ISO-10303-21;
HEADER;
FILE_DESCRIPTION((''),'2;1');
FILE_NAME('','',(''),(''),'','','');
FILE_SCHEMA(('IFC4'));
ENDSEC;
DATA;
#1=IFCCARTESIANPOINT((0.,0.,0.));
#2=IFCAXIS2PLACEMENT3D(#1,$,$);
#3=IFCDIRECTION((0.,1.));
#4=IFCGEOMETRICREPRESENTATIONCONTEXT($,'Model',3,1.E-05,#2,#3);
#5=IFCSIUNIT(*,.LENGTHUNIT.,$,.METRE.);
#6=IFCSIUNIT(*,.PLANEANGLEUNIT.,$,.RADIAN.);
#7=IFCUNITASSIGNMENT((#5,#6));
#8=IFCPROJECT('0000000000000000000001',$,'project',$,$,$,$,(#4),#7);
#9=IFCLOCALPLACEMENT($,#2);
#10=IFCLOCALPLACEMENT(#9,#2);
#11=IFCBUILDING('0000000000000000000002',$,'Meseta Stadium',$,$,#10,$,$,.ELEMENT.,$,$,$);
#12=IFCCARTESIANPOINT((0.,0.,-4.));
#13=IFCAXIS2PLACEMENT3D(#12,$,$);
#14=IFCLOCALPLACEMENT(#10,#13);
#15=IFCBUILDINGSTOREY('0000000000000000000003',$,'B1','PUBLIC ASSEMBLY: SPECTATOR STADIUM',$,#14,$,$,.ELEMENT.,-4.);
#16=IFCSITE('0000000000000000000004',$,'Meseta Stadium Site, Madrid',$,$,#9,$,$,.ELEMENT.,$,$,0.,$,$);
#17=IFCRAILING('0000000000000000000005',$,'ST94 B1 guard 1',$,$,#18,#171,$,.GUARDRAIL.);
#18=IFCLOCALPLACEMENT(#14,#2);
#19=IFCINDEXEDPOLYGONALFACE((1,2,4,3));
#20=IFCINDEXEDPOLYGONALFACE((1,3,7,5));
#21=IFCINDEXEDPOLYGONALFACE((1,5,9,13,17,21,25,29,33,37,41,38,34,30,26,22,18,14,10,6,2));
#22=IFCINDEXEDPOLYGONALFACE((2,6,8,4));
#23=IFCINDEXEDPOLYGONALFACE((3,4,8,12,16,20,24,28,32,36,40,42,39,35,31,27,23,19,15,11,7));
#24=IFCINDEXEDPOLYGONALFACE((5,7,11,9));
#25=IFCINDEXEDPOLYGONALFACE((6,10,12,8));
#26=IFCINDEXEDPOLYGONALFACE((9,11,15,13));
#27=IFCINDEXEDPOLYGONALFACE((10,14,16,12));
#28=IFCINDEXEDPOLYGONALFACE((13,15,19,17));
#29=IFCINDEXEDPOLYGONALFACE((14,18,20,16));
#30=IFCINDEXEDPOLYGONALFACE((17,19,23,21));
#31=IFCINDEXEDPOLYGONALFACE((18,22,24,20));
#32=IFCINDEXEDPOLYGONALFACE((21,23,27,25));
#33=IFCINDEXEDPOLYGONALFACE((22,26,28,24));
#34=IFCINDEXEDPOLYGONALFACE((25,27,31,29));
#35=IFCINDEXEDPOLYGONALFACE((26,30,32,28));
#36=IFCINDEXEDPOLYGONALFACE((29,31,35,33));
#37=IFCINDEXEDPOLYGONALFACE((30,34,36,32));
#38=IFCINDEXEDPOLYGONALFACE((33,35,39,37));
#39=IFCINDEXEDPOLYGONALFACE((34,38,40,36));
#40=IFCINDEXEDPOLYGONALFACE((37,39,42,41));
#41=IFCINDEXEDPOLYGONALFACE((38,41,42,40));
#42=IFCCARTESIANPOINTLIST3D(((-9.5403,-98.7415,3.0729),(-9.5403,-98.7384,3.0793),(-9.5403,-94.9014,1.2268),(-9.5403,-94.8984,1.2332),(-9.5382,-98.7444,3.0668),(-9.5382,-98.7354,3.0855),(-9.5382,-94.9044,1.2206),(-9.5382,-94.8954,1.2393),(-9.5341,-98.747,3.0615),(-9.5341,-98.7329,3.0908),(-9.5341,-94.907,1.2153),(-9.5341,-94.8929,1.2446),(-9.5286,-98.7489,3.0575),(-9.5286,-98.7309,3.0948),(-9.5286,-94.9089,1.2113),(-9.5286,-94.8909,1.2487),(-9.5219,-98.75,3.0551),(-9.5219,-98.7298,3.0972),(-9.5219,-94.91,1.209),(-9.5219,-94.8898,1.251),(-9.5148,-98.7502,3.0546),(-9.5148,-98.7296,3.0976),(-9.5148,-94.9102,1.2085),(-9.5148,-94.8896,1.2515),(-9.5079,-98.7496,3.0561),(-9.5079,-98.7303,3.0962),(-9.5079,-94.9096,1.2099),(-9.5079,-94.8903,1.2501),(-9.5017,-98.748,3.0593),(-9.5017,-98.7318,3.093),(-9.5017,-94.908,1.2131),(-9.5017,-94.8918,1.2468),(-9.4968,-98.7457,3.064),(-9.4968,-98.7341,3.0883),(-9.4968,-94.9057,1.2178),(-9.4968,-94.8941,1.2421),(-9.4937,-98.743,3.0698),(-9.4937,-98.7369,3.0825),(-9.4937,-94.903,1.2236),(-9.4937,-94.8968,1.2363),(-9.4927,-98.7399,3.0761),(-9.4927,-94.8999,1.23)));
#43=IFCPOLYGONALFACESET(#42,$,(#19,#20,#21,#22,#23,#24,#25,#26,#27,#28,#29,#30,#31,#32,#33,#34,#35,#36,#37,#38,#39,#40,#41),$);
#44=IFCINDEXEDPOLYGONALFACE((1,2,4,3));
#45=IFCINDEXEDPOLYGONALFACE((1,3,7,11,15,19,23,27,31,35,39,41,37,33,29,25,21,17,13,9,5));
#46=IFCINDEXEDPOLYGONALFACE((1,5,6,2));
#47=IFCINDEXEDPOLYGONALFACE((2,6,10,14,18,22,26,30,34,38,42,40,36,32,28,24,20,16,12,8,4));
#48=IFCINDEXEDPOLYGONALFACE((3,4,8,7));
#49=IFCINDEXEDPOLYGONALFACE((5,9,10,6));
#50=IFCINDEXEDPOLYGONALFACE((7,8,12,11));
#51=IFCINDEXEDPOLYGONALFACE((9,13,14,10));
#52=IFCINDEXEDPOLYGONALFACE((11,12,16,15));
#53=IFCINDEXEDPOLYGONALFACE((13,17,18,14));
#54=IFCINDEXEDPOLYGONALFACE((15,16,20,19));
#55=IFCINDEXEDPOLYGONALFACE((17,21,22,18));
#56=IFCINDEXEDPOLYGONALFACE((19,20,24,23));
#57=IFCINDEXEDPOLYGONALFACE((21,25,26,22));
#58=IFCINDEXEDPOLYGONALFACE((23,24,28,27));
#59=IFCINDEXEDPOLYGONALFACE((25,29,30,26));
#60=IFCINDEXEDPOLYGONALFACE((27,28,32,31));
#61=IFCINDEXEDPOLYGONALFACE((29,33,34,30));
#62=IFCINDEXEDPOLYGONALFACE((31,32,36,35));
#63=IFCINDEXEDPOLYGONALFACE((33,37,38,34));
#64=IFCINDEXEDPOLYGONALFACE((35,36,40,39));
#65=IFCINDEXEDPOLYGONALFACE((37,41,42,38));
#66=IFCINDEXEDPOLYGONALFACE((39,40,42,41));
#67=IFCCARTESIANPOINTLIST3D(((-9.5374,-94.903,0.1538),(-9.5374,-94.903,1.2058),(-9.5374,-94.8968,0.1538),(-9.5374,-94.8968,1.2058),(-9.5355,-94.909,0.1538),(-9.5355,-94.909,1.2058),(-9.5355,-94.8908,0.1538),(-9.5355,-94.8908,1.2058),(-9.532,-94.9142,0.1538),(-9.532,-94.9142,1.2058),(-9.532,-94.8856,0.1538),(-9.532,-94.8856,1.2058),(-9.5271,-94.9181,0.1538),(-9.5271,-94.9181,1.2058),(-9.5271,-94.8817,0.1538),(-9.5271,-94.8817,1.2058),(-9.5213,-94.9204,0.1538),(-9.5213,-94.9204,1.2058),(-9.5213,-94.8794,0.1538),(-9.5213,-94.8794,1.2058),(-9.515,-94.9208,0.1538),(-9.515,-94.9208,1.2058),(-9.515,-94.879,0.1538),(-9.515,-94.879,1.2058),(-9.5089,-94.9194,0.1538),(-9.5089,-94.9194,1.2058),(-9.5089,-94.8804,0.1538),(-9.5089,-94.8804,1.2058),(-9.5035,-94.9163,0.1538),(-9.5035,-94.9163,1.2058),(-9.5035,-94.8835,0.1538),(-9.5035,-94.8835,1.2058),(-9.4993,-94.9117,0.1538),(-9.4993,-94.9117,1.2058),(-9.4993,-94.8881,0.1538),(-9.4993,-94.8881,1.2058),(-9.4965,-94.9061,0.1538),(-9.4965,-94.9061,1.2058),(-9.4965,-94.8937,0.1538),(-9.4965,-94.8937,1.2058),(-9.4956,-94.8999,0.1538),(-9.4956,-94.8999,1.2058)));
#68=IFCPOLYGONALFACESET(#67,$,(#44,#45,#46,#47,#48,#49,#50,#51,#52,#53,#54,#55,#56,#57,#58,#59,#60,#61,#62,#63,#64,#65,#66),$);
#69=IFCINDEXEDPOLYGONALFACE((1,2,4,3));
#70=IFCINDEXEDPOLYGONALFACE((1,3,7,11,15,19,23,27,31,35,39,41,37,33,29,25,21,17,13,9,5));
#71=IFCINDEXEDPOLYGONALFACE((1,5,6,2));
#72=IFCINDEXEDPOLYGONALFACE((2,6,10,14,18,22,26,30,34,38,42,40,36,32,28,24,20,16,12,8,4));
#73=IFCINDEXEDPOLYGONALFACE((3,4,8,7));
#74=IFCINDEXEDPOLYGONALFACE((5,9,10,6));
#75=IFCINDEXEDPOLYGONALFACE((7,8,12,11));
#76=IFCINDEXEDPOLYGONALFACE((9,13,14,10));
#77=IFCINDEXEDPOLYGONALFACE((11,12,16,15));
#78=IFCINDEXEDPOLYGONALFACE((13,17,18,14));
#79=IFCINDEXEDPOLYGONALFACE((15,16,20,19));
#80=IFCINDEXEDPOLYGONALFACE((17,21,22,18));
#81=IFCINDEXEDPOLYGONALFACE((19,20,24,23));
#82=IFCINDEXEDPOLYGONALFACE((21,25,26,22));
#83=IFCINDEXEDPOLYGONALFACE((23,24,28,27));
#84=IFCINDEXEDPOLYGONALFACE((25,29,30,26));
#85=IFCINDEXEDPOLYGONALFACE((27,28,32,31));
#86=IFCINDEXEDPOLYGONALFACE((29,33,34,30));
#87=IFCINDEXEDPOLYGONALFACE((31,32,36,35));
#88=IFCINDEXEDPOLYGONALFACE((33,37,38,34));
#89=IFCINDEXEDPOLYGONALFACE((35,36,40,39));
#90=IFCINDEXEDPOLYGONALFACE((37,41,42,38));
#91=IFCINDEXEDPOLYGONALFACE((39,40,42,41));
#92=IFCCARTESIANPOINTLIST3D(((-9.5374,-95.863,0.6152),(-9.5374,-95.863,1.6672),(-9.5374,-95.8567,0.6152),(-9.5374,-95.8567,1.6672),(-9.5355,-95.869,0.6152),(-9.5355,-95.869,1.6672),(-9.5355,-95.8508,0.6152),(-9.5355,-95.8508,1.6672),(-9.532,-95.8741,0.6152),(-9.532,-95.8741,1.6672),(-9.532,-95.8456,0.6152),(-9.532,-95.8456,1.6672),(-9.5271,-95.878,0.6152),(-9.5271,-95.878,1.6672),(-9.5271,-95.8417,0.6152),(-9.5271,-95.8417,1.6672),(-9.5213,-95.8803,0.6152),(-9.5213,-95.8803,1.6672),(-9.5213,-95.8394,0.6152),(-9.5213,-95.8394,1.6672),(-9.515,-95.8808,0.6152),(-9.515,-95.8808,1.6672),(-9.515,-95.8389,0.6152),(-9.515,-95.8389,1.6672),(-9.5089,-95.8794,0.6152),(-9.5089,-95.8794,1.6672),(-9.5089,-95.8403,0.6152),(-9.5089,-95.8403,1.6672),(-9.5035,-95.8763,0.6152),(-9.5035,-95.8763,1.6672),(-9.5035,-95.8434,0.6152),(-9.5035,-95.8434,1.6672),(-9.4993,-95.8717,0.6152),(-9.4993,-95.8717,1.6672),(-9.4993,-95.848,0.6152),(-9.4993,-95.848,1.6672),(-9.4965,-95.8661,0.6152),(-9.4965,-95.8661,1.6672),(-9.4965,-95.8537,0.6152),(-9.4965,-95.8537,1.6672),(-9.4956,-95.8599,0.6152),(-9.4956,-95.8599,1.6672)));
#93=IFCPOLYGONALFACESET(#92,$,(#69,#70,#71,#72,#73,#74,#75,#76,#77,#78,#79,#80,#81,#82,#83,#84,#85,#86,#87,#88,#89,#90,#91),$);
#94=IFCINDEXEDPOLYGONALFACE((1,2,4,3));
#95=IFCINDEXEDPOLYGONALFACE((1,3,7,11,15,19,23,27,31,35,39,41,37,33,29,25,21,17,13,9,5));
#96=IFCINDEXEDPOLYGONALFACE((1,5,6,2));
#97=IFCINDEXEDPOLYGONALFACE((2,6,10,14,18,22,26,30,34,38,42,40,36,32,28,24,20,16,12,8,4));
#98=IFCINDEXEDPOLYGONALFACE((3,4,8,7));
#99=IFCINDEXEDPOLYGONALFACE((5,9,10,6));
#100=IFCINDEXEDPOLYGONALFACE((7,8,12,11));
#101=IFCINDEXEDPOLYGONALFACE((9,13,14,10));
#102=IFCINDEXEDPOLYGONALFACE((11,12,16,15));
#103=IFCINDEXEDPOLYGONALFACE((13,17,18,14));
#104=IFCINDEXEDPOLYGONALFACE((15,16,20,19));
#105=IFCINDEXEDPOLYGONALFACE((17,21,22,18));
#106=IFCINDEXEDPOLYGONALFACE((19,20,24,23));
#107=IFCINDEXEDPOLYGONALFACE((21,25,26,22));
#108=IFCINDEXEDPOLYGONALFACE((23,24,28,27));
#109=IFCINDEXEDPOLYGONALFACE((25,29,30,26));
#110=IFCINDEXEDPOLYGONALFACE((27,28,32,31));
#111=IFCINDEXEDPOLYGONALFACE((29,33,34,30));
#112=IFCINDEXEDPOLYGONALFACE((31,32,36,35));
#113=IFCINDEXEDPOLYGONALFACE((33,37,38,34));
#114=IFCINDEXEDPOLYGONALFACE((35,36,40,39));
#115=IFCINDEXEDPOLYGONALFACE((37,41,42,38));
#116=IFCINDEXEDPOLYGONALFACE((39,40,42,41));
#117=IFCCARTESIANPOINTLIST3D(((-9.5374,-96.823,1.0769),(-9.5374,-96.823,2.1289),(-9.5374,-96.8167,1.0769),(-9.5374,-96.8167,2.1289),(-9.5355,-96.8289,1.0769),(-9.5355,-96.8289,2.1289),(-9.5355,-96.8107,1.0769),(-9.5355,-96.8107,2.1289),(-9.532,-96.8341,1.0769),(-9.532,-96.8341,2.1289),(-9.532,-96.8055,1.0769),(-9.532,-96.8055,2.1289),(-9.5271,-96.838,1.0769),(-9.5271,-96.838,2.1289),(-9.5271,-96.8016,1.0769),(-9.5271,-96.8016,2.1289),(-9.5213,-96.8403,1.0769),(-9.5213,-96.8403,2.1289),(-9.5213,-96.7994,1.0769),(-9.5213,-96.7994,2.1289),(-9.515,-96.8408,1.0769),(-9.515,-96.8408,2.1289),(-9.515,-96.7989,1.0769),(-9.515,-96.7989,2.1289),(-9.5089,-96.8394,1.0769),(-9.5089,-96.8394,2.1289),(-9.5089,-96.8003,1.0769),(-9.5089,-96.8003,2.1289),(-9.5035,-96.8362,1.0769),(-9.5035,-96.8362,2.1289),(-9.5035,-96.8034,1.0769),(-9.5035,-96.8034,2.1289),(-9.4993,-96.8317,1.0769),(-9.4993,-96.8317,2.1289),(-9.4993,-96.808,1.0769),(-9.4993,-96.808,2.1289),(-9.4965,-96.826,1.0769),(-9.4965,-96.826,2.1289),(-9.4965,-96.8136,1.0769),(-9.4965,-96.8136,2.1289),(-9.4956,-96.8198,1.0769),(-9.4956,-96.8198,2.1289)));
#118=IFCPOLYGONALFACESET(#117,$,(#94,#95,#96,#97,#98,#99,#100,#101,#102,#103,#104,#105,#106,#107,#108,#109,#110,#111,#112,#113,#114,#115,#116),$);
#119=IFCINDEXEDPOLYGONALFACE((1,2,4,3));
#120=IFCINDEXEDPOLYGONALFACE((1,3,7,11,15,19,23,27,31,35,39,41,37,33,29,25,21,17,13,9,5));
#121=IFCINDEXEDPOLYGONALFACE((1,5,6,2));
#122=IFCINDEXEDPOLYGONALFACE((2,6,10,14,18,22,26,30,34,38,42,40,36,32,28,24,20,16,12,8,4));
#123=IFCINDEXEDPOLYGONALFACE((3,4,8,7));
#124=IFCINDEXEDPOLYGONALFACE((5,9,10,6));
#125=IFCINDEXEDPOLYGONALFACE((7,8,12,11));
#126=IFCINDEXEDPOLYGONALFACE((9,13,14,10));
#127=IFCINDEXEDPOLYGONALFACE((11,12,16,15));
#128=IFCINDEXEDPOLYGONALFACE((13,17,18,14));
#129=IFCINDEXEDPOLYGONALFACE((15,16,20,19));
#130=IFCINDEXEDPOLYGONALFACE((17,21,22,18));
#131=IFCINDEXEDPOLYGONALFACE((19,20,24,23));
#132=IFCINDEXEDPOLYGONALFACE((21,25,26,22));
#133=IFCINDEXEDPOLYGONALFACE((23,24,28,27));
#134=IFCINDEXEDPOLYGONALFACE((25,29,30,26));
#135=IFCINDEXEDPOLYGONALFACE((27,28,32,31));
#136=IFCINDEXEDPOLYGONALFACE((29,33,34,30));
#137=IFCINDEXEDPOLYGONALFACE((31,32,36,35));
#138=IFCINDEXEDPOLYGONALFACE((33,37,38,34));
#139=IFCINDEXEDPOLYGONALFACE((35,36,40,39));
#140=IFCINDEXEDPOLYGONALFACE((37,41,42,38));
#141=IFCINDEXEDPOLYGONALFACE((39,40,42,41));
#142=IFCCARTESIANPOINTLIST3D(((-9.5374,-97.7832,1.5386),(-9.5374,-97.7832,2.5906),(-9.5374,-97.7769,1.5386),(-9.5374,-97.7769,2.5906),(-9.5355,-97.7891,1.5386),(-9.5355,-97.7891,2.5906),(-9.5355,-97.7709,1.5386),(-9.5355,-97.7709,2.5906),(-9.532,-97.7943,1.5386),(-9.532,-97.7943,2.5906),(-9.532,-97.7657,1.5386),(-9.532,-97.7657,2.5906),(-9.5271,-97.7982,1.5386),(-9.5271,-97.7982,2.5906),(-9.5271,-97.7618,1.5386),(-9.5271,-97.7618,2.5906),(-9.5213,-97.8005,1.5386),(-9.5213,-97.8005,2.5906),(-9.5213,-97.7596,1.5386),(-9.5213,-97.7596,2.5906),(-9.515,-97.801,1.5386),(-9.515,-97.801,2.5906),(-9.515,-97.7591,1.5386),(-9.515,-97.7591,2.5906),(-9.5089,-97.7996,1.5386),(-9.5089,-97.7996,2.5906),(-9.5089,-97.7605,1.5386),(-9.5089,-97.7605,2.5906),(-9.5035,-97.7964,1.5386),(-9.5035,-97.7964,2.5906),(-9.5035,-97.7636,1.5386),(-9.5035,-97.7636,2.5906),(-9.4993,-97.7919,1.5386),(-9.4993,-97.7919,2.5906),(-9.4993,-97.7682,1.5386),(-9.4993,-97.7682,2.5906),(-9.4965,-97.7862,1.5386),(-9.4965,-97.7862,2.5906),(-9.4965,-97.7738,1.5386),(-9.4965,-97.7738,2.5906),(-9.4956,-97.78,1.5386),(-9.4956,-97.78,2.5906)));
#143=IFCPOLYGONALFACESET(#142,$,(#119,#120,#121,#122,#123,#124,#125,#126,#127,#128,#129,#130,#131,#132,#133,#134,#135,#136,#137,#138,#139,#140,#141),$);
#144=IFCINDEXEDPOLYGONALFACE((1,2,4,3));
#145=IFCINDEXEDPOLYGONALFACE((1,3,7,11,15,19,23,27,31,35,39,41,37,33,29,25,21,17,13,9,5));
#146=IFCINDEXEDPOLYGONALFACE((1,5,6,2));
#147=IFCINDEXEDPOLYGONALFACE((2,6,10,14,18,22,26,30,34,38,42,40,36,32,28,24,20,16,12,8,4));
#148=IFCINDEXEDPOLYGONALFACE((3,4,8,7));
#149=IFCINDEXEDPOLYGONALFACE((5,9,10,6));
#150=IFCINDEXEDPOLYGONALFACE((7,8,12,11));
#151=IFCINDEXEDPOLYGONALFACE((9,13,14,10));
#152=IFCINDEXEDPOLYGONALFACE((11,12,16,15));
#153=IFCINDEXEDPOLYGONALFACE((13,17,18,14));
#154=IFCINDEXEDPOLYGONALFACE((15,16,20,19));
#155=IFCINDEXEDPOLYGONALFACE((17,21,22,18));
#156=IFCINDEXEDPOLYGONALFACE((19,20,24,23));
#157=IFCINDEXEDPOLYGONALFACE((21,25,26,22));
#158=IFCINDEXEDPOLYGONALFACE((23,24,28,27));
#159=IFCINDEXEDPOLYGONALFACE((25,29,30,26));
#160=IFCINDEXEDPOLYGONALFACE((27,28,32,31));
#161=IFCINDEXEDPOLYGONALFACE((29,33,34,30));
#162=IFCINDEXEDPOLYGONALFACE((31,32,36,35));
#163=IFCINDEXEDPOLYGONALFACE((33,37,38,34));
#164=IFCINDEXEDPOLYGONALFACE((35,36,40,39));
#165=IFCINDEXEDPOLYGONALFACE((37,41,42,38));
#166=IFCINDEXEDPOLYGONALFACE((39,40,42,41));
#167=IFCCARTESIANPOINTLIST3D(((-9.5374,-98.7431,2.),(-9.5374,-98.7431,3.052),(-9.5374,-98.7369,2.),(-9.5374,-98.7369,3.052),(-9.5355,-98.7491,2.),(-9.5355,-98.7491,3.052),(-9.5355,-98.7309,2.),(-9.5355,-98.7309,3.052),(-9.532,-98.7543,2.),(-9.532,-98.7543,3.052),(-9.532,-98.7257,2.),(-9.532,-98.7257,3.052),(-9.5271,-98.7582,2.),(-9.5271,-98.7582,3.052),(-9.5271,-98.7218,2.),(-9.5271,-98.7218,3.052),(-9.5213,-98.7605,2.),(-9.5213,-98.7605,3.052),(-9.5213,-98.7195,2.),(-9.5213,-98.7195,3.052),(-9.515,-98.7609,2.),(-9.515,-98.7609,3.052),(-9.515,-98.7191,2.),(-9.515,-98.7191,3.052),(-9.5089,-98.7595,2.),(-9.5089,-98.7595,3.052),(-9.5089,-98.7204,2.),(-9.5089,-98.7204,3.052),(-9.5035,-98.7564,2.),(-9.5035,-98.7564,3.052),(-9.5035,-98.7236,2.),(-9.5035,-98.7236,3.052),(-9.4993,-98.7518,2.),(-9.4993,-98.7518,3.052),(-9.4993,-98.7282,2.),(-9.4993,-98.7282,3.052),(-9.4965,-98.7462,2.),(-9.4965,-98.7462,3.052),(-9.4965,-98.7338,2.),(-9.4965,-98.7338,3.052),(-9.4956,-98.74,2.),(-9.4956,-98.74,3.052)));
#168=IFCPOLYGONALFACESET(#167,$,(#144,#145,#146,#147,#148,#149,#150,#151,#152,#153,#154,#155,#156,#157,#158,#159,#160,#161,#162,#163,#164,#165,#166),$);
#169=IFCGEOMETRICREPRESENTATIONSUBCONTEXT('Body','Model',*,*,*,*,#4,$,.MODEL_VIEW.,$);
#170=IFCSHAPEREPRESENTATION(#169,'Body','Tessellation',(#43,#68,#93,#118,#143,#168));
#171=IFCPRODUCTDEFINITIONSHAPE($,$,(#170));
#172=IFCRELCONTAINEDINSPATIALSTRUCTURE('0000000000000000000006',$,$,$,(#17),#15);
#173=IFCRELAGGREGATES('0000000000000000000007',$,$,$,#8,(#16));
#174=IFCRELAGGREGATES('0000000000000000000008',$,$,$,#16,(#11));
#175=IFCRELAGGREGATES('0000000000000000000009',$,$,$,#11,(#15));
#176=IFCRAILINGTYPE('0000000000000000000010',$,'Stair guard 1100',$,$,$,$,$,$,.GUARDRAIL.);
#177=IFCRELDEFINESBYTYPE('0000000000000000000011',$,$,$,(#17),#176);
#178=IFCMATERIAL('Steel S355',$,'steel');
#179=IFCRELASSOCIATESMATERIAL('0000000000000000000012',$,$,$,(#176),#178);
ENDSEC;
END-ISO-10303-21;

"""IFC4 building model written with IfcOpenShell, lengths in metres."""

from ifc_helpers import new_model, si_unit, direction, frame, origin, origin_2d, place, context, subcontext, project, spatial, circle, extrude, material, type_object, element, save


model = new_model("IFC4")

# Units and contexts
model_context = context("Model", 3, precision=1e-05, world=origin(), true_north=direction((0.0, 1.0)))
body_context = subcontext(model_context, "Body", "Model", "MODEL_VIEW")
ifc_project = project(units=[si_unit("LENGTHUNIT", "METRE"), si_unit("PLANEANGLEUNIT", "RADIAN")], contexts=[model_context])

# Site, building, storey
site_placement = place(None, origin())
site = spatial("IfcSite", under=ifc_project, at=site_placement, Name="Meseta Stadium Site, Madrid", CompositionType="ELEMENT", RefElevation=0.0)
building_placement = place(site_placement, origin())
building = spatial("IfcBuilding", under=site, at=building_placement, Name="Meseta Stadium", CompositionType="ELEMENT")
storey_placement = place(building_placement, frame((0.0, 0.0, -4.0)))
storey = spatial("IfcBuildingStorey", under=building, at=storey_placement, Name="B1", Description="PUBLIC ASSEMBLY: SPECTATOR STADIUM", CompositionType="ELEMENT", Elevation=-4.0)

# Railing
ifc_material_1 = material(Name="Steel S355", Category="steel")
railing_type_1 = type_object("IfcRailingType", Name="Stair guard 1100", PredefinedType="GUARDRAIL", material=ifc_material_1)
railing_1_placement = place(storey_placement, frame((-9.5166, -94.8999, 0.1538)))
element("IfcRailing", 1, at=railing_1_placement, inside=storey, type_object=railing_type_1, Name="ST94 B1 guard 1", PredefinedType="GUARDRAIL", context=body_context, shape_type="SweptSolid", body=[
    extrude(circle(Radius=0.0239, at=origin_2d()), frame((0.0, 0.0, 1.0762), z_axis=(0.0, -0.901253, 0.433294), x_axis=(1.0, 0.0, 0.0)), (0.0, 0.0, 1.0), 4.2607),
    extrude(circle(Radius=0.021, at=origin_2d()), origin(), (0.0, 0.0, 1.0), 1.052),
    extrude(circle(Radius=0.021, at=origin_2d()), frame((0.0, -0.96, 0.4614)), (0.0, 0.0, 1.0), 1.052),
    extrude(circle(Radius=0.021, at=origin_2d()), frame((0.0, -1.9199, 0.9231)), (0.0, 0.0, 1.0), 1.052),
    extrude(circle(Radius=0.021, at=origin_2d()), frame((0.0, -2.8801, 1.3848)), (0.0, 0.0, 1.0), 1.052),
    extrude(circle(Radius=0.021, at=origin_2d()), frame((0.0, -3.8401, 1.8462)), (0.0, 0.0, 1.0), 1.052),
])

save(model, "model.ifc")
